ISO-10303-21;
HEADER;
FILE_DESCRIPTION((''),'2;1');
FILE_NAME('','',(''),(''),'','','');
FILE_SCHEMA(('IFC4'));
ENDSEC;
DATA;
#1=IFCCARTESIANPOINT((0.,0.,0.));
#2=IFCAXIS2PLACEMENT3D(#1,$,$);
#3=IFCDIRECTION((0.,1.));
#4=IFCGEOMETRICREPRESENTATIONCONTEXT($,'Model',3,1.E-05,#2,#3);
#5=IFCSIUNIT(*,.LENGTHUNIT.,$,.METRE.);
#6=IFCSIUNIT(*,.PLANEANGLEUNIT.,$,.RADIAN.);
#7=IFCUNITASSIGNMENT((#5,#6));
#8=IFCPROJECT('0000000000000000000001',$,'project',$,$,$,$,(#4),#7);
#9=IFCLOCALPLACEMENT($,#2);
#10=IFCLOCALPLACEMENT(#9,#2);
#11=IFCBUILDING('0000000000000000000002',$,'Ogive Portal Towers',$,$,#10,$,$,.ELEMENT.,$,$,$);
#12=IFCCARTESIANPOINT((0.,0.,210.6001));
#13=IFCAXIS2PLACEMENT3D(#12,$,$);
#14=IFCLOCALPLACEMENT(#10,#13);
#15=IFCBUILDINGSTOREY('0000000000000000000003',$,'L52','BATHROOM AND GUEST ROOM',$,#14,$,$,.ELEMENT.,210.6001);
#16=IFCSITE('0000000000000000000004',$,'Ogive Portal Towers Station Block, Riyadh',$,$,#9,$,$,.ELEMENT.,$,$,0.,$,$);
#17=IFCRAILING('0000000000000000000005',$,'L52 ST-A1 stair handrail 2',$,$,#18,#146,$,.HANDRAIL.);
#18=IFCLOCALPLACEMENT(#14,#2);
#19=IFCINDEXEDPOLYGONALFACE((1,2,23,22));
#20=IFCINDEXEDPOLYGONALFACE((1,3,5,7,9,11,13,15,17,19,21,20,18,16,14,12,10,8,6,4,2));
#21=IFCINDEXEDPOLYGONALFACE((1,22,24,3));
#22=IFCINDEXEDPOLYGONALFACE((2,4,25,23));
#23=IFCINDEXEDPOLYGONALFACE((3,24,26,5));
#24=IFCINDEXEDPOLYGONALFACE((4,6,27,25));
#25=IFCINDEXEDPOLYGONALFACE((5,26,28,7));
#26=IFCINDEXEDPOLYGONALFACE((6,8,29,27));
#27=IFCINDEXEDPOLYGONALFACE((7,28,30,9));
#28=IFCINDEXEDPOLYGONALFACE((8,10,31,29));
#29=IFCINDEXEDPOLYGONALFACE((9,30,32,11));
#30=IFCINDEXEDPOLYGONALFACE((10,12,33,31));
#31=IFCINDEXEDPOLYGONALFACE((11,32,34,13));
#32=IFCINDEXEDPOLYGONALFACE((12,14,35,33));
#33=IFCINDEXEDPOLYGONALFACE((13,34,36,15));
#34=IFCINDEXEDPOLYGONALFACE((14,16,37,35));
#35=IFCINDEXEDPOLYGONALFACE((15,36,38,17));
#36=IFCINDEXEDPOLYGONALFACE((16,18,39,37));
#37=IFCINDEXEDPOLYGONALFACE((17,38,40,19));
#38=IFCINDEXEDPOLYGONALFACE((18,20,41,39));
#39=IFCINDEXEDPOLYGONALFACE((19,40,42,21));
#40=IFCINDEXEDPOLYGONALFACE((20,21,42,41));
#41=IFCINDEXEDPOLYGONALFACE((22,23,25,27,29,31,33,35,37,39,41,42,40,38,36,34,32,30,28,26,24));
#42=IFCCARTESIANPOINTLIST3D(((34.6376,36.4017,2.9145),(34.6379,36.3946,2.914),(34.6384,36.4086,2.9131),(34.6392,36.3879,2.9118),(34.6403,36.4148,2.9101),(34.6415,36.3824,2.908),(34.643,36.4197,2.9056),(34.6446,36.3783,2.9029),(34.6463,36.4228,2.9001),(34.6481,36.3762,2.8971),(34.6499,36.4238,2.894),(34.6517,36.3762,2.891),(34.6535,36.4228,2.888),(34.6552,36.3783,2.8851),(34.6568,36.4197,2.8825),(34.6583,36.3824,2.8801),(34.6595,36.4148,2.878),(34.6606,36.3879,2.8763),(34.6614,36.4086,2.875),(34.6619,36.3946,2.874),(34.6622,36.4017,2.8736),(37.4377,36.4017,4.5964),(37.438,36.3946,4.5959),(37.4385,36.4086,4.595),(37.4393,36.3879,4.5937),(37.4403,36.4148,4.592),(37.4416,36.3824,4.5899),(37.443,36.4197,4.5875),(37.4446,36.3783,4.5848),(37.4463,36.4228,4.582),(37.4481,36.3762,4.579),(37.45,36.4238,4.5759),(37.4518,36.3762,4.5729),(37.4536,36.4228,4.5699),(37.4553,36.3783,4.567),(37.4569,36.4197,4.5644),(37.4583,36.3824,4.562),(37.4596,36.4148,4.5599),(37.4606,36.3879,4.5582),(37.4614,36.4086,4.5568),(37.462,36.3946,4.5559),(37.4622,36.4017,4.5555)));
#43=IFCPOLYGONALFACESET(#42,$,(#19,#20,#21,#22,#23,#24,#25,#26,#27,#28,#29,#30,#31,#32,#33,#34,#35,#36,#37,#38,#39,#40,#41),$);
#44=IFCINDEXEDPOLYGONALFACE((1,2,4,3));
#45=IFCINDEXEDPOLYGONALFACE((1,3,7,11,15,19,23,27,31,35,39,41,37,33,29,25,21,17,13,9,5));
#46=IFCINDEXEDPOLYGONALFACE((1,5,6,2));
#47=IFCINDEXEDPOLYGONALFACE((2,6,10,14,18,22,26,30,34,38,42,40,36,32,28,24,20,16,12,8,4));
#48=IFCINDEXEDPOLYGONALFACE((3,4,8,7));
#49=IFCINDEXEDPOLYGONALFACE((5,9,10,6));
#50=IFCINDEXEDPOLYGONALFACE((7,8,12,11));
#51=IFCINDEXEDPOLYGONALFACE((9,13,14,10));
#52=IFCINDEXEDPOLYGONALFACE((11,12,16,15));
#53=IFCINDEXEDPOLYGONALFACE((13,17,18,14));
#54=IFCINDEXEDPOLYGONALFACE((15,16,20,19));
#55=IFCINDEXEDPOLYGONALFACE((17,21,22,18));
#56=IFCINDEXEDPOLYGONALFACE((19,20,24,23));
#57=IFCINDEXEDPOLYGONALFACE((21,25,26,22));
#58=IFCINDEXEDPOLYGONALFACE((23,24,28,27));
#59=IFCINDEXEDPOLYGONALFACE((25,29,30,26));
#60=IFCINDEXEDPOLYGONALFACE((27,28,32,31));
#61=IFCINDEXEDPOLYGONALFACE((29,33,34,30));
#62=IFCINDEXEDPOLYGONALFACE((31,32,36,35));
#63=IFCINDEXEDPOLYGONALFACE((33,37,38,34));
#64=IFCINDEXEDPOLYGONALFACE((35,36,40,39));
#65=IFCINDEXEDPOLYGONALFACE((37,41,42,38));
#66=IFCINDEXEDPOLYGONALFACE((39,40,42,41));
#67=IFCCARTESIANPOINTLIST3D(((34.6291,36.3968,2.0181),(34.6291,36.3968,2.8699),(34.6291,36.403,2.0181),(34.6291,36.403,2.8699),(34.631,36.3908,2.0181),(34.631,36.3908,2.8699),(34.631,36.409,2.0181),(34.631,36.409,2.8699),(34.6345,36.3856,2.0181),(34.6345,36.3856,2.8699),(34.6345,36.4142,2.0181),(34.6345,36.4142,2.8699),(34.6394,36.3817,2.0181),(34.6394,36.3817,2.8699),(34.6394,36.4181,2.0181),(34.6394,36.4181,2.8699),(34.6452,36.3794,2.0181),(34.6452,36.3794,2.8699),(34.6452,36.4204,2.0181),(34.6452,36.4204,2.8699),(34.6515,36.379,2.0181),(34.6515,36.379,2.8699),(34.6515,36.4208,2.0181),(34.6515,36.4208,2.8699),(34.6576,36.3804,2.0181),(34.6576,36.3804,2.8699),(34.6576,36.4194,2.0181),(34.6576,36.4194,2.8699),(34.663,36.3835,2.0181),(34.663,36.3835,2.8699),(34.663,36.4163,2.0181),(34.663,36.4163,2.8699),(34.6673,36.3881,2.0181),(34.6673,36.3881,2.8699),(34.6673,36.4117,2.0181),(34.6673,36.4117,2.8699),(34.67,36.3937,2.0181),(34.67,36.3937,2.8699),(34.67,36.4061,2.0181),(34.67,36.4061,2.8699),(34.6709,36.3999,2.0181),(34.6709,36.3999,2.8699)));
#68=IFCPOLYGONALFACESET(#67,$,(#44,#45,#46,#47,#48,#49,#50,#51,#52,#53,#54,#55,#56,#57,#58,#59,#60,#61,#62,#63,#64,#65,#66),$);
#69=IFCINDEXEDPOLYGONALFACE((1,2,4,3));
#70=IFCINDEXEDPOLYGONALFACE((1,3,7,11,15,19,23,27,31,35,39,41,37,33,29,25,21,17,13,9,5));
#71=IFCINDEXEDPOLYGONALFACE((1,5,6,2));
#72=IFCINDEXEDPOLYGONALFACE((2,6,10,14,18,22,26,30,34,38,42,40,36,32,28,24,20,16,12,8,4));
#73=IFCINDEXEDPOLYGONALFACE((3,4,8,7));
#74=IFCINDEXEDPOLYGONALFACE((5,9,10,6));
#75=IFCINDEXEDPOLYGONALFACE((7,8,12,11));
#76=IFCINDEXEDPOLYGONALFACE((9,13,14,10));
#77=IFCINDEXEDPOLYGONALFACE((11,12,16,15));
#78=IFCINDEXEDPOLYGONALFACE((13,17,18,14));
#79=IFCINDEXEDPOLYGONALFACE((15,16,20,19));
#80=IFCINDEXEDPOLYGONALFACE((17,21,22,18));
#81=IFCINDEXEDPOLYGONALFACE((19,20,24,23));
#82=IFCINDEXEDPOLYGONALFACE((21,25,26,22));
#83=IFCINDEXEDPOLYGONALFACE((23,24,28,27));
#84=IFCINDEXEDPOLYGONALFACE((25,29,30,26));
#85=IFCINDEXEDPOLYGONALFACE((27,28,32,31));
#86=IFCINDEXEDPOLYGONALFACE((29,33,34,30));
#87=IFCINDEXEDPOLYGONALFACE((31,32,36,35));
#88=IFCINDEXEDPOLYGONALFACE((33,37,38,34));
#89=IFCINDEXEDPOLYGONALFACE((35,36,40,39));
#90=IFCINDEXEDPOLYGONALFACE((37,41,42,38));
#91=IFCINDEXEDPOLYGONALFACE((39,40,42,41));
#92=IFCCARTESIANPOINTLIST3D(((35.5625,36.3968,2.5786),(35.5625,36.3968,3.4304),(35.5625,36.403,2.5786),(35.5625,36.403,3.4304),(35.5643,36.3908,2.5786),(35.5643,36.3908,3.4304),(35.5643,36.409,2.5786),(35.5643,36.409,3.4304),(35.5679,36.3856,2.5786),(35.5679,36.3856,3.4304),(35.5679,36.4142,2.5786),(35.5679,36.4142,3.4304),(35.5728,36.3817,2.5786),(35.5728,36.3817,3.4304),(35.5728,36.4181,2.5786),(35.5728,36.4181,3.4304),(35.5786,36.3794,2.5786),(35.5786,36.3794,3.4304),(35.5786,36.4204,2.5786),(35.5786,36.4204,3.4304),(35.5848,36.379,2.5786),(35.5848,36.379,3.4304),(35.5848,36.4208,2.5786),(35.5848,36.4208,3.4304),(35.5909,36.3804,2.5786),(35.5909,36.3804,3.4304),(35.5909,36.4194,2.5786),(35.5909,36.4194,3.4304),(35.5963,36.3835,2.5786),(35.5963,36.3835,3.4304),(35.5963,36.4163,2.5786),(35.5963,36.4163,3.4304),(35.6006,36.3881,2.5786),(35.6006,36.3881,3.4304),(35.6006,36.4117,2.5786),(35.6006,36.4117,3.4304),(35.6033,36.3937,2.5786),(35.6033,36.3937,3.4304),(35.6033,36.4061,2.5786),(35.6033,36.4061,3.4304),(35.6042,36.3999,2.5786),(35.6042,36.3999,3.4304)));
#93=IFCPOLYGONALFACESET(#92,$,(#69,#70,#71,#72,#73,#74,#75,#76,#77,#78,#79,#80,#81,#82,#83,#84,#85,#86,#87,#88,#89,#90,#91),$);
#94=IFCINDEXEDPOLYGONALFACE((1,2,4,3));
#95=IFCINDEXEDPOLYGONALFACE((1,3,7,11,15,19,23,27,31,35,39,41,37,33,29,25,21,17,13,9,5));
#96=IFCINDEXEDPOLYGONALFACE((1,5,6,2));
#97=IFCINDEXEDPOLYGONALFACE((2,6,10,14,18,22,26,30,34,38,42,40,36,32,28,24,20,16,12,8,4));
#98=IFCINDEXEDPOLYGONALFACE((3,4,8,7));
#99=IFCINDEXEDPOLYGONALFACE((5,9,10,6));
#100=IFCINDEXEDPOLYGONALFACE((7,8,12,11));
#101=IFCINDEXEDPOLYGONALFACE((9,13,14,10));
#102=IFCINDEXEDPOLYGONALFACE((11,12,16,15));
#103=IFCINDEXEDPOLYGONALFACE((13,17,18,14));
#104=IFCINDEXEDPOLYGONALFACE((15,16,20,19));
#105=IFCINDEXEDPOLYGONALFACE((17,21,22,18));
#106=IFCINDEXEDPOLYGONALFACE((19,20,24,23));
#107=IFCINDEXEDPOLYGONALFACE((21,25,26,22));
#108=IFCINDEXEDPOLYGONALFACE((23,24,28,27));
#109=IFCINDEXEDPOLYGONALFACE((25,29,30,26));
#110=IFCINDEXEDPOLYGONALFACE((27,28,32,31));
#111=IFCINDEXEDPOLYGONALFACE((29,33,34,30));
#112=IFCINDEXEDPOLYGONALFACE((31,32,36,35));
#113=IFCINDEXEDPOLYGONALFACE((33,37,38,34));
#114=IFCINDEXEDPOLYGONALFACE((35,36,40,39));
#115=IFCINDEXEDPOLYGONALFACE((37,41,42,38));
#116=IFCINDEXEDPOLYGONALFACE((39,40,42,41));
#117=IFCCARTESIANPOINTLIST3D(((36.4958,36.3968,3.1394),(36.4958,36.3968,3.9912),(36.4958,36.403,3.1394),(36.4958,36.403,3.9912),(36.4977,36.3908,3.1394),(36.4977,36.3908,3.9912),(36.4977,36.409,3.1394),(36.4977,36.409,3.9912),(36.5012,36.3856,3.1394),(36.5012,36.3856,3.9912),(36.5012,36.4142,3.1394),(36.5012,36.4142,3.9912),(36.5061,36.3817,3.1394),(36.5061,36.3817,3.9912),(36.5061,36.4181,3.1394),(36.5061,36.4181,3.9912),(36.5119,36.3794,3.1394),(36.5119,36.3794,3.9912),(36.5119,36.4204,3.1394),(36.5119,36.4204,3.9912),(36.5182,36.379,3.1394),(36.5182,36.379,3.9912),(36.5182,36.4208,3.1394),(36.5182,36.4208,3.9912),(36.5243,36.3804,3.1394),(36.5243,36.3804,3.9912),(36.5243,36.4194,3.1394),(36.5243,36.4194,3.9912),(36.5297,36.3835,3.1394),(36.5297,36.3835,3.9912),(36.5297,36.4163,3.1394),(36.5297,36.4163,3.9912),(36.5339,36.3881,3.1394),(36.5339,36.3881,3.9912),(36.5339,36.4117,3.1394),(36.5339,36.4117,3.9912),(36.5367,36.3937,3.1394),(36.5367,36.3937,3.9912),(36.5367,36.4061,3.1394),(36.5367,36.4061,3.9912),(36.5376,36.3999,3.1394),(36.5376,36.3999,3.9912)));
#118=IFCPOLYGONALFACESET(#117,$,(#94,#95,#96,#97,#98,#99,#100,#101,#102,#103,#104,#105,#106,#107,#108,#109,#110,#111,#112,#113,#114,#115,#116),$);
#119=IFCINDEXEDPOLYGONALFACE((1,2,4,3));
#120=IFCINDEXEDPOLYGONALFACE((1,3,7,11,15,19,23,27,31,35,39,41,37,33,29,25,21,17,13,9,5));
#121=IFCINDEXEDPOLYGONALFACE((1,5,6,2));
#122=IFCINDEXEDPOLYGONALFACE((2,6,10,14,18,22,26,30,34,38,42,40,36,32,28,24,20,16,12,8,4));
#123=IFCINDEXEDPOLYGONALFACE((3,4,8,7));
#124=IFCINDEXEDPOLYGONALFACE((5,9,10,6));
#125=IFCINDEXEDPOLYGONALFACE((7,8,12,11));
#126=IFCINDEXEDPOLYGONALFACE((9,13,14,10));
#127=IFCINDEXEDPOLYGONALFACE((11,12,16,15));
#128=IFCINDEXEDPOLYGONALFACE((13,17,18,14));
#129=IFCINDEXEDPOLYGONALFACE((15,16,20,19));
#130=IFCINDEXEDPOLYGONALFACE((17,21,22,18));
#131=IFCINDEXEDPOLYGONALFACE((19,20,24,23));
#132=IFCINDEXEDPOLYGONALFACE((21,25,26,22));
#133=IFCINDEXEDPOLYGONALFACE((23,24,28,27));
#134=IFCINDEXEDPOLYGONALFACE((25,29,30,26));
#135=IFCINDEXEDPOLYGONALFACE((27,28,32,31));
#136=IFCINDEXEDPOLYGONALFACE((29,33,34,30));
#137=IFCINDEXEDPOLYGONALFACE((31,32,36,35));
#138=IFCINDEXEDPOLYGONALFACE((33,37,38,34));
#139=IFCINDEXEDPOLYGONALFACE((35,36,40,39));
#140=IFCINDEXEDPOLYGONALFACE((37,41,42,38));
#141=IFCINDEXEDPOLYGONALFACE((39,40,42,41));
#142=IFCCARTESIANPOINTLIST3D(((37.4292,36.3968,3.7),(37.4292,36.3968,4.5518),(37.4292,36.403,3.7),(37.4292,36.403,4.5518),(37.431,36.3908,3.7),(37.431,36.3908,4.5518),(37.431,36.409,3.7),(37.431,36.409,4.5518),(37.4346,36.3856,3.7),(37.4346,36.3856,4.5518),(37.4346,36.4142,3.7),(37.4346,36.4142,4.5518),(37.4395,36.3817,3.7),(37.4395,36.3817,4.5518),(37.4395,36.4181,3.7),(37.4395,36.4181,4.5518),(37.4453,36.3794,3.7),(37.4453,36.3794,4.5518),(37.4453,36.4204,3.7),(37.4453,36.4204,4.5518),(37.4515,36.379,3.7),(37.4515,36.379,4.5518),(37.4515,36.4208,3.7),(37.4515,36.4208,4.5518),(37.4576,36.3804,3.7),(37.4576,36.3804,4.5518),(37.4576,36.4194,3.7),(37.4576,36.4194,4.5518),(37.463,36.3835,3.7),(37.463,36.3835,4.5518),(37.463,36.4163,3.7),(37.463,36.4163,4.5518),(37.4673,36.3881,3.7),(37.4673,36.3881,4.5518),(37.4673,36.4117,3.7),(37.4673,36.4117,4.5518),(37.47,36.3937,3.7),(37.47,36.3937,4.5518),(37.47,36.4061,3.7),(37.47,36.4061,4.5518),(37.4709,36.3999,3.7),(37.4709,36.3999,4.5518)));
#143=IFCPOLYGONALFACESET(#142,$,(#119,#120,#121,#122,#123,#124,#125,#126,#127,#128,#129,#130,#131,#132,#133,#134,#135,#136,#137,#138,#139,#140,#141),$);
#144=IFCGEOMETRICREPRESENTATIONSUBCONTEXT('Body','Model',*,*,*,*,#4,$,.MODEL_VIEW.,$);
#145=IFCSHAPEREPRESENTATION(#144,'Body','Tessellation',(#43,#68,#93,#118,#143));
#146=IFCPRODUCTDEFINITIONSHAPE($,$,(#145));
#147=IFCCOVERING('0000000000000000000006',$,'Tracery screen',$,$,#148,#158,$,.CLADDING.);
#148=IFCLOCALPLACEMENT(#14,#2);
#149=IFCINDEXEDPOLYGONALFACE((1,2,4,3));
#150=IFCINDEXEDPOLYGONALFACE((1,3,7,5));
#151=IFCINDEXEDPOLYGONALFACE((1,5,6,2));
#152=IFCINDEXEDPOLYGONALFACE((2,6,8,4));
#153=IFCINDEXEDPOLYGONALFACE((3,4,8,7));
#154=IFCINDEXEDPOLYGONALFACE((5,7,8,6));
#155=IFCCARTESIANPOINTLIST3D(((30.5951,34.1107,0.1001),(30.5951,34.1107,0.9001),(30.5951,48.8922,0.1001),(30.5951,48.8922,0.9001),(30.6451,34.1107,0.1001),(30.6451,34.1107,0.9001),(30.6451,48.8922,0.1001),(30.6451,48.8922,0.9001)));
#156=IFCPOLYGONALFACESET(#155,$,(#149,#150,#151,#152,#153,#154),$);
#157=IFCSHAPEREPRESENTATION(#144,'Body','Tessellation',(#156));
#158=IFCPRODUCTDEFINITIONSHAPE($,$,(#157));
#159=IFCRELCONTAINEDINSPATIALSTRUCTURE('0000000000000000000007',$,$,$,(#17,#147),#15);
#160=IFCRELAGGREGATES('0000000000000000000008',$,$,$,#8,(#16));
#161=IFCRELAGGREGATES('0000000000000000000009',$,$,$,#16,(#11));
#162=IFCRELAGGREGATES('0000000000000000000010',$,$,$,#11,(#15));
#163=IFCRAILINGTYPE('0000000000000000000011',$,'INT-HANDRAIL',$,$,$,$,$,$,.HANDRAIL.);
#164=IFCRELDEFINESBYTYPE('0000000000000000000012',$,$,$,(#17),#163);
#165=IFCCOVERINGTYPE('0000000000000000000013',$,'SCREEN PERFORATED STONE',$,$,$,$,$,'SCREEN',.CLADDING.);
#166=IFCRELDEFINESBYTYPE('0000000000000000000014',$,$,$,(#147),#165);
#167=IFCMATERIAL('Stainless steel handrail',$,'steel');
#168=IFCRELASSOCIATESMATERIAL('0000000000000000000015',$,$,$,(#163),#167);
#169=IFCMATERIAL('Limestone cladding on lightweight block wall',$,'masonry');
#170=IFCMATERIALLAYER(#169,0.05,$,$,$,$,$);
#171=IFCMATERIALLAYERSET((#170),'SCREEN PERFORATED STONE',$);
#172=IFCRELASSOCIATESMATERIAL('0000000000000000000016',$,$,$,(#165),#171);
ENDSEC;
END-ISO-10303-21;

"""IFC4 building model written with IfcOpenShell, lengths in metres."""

from ifc_helpers import new_model, si_unit, direction, frame, origin, origin_2d, place, context, subcontext, project, spatial, rectangle, circle, extrude, material, layer, layer_set, type_object, element, save


model = new_model("IFC4")

# Units and contexts
model_context = context("Model", 3, precision=1e-05, world=origin(), true_north=direction((0.0, 1.0)))
body_context = subcontext(model_context, "Body", "Model", "MODEL_VIEW")
ifc_project = project(units=[si_unit("LENGTHUNIT", "METRE"), si_unit("PLANEANGLEUNIT", "RADIAN")], contexts=[model_context])

# Site, building, storey
site_placement = place(None, origin())
site = spatial("IfcSite", under=ifc_project, at=site_placement, Name="Ogive Portal Towers Station Block, Riyadh", CompositionType="ELEMENT", RefElevation=0.0)
building_placement = place(site_placement, origin())
building = spatial("IfcBuilding", under=site, at=building_placement, Name="Ogive Portal Towers", CompositionType="ELEMENT")
storey_placement = place(building_placement, frame((0.0, 0.0, 210.6001)))
storey = spatial("IfcBuildingStorey", under=building, at=storey_placement, Name="L52", Description="BATHROOM AND GUEST ROOM", CompositionType="ELEMENT", Elevation=210.6001)

# Shared definitions
ifc_material_1 = material(Name="Limestone cladding on lightweight block wall", Category="masonry")

# Railing
ifc_material_2 = material(Name="Stainless steel handrail", Category="steel")
railing_type_1 = type_object("IfcRailingType", Name="INT-HANDRAIL", PredefinedType="HANDRAIL", material=ifc_material_2)
railing_1_placement = place(storey_placement, frame((34.6499, 36.3999, 2.0181)))
element("IfcRailing", 1, at=railing_1_placement, inside=storey, type_object=railing_type_1, Name="L52 ST-A1 stair handrail 2", PredefinedType="HANDRAIL", context=body_context, shape_type="SweptSolid", body=[
    extrude(circle(Radius=0.0239, at=origin_2d()), frame((0.0, 0.0, 0.876), z_axis=(0.857242, 0.0, 0.514913), x_axis=(0.0, 1.0, 0.0)), (0.0, 0.0, 1.0), 3.2664),
    extrude(circle(Radius=0.021, at=origin_2d()), origin(), (0.0, 0.0, 1.0), 0.8518),
    extrude(circle(Radius=0.021, at=origin_2d()), frame((0.9333, 0.0, 0.5605)), (0.0, 0.0, 1.0), 0.8518),
    extrude(circle(Radius=0.021, at=origin_2d()), frame((1.8667, 0.0, 1.1213)), (0.0, 0.0, 1.0), 0.8518),
    extrude(circle(Radius=0.021, at=origin_2d()), frame((2.8, 0.0, 1.6819)), (0.0, 0.0, 1.0), 0.8518),
])

# Covering
ifc_layer_1 = layer(ifc_material_1, 0.05)
ifc_layer_set_1 = layer_set([ifc_layer_1], Name="SCREEN PERFORATED STONE")
covering_type = type_object("IfcCoveringType", Name="SCREEN PERFORATED STONE", ElementType="SCREEN", PredefinedType="CLADDING", material=ifc_layer_set_1)
covering_placement = place(storey_placement, frame((30.6201, 41.5015, 0.1001), z_axis=(0.0, 0.0, 1.0), x_axis=(0.0, -1.0, 0.0)))
element("IfcCovering", 2, at=covering_placement, inside=storey, type_object=covering_type, Name="Tracery screen", PredefinedType="CLADDING", context=body_context, shape_type="SweptSolid", body=[
    extrude(rectangle(XDim=14.7815, YDim=0.05, at=origin_2d()), origin(), (0.0, 0.0, 1.0), 0.8),
])

save(model, "model.ifc")
